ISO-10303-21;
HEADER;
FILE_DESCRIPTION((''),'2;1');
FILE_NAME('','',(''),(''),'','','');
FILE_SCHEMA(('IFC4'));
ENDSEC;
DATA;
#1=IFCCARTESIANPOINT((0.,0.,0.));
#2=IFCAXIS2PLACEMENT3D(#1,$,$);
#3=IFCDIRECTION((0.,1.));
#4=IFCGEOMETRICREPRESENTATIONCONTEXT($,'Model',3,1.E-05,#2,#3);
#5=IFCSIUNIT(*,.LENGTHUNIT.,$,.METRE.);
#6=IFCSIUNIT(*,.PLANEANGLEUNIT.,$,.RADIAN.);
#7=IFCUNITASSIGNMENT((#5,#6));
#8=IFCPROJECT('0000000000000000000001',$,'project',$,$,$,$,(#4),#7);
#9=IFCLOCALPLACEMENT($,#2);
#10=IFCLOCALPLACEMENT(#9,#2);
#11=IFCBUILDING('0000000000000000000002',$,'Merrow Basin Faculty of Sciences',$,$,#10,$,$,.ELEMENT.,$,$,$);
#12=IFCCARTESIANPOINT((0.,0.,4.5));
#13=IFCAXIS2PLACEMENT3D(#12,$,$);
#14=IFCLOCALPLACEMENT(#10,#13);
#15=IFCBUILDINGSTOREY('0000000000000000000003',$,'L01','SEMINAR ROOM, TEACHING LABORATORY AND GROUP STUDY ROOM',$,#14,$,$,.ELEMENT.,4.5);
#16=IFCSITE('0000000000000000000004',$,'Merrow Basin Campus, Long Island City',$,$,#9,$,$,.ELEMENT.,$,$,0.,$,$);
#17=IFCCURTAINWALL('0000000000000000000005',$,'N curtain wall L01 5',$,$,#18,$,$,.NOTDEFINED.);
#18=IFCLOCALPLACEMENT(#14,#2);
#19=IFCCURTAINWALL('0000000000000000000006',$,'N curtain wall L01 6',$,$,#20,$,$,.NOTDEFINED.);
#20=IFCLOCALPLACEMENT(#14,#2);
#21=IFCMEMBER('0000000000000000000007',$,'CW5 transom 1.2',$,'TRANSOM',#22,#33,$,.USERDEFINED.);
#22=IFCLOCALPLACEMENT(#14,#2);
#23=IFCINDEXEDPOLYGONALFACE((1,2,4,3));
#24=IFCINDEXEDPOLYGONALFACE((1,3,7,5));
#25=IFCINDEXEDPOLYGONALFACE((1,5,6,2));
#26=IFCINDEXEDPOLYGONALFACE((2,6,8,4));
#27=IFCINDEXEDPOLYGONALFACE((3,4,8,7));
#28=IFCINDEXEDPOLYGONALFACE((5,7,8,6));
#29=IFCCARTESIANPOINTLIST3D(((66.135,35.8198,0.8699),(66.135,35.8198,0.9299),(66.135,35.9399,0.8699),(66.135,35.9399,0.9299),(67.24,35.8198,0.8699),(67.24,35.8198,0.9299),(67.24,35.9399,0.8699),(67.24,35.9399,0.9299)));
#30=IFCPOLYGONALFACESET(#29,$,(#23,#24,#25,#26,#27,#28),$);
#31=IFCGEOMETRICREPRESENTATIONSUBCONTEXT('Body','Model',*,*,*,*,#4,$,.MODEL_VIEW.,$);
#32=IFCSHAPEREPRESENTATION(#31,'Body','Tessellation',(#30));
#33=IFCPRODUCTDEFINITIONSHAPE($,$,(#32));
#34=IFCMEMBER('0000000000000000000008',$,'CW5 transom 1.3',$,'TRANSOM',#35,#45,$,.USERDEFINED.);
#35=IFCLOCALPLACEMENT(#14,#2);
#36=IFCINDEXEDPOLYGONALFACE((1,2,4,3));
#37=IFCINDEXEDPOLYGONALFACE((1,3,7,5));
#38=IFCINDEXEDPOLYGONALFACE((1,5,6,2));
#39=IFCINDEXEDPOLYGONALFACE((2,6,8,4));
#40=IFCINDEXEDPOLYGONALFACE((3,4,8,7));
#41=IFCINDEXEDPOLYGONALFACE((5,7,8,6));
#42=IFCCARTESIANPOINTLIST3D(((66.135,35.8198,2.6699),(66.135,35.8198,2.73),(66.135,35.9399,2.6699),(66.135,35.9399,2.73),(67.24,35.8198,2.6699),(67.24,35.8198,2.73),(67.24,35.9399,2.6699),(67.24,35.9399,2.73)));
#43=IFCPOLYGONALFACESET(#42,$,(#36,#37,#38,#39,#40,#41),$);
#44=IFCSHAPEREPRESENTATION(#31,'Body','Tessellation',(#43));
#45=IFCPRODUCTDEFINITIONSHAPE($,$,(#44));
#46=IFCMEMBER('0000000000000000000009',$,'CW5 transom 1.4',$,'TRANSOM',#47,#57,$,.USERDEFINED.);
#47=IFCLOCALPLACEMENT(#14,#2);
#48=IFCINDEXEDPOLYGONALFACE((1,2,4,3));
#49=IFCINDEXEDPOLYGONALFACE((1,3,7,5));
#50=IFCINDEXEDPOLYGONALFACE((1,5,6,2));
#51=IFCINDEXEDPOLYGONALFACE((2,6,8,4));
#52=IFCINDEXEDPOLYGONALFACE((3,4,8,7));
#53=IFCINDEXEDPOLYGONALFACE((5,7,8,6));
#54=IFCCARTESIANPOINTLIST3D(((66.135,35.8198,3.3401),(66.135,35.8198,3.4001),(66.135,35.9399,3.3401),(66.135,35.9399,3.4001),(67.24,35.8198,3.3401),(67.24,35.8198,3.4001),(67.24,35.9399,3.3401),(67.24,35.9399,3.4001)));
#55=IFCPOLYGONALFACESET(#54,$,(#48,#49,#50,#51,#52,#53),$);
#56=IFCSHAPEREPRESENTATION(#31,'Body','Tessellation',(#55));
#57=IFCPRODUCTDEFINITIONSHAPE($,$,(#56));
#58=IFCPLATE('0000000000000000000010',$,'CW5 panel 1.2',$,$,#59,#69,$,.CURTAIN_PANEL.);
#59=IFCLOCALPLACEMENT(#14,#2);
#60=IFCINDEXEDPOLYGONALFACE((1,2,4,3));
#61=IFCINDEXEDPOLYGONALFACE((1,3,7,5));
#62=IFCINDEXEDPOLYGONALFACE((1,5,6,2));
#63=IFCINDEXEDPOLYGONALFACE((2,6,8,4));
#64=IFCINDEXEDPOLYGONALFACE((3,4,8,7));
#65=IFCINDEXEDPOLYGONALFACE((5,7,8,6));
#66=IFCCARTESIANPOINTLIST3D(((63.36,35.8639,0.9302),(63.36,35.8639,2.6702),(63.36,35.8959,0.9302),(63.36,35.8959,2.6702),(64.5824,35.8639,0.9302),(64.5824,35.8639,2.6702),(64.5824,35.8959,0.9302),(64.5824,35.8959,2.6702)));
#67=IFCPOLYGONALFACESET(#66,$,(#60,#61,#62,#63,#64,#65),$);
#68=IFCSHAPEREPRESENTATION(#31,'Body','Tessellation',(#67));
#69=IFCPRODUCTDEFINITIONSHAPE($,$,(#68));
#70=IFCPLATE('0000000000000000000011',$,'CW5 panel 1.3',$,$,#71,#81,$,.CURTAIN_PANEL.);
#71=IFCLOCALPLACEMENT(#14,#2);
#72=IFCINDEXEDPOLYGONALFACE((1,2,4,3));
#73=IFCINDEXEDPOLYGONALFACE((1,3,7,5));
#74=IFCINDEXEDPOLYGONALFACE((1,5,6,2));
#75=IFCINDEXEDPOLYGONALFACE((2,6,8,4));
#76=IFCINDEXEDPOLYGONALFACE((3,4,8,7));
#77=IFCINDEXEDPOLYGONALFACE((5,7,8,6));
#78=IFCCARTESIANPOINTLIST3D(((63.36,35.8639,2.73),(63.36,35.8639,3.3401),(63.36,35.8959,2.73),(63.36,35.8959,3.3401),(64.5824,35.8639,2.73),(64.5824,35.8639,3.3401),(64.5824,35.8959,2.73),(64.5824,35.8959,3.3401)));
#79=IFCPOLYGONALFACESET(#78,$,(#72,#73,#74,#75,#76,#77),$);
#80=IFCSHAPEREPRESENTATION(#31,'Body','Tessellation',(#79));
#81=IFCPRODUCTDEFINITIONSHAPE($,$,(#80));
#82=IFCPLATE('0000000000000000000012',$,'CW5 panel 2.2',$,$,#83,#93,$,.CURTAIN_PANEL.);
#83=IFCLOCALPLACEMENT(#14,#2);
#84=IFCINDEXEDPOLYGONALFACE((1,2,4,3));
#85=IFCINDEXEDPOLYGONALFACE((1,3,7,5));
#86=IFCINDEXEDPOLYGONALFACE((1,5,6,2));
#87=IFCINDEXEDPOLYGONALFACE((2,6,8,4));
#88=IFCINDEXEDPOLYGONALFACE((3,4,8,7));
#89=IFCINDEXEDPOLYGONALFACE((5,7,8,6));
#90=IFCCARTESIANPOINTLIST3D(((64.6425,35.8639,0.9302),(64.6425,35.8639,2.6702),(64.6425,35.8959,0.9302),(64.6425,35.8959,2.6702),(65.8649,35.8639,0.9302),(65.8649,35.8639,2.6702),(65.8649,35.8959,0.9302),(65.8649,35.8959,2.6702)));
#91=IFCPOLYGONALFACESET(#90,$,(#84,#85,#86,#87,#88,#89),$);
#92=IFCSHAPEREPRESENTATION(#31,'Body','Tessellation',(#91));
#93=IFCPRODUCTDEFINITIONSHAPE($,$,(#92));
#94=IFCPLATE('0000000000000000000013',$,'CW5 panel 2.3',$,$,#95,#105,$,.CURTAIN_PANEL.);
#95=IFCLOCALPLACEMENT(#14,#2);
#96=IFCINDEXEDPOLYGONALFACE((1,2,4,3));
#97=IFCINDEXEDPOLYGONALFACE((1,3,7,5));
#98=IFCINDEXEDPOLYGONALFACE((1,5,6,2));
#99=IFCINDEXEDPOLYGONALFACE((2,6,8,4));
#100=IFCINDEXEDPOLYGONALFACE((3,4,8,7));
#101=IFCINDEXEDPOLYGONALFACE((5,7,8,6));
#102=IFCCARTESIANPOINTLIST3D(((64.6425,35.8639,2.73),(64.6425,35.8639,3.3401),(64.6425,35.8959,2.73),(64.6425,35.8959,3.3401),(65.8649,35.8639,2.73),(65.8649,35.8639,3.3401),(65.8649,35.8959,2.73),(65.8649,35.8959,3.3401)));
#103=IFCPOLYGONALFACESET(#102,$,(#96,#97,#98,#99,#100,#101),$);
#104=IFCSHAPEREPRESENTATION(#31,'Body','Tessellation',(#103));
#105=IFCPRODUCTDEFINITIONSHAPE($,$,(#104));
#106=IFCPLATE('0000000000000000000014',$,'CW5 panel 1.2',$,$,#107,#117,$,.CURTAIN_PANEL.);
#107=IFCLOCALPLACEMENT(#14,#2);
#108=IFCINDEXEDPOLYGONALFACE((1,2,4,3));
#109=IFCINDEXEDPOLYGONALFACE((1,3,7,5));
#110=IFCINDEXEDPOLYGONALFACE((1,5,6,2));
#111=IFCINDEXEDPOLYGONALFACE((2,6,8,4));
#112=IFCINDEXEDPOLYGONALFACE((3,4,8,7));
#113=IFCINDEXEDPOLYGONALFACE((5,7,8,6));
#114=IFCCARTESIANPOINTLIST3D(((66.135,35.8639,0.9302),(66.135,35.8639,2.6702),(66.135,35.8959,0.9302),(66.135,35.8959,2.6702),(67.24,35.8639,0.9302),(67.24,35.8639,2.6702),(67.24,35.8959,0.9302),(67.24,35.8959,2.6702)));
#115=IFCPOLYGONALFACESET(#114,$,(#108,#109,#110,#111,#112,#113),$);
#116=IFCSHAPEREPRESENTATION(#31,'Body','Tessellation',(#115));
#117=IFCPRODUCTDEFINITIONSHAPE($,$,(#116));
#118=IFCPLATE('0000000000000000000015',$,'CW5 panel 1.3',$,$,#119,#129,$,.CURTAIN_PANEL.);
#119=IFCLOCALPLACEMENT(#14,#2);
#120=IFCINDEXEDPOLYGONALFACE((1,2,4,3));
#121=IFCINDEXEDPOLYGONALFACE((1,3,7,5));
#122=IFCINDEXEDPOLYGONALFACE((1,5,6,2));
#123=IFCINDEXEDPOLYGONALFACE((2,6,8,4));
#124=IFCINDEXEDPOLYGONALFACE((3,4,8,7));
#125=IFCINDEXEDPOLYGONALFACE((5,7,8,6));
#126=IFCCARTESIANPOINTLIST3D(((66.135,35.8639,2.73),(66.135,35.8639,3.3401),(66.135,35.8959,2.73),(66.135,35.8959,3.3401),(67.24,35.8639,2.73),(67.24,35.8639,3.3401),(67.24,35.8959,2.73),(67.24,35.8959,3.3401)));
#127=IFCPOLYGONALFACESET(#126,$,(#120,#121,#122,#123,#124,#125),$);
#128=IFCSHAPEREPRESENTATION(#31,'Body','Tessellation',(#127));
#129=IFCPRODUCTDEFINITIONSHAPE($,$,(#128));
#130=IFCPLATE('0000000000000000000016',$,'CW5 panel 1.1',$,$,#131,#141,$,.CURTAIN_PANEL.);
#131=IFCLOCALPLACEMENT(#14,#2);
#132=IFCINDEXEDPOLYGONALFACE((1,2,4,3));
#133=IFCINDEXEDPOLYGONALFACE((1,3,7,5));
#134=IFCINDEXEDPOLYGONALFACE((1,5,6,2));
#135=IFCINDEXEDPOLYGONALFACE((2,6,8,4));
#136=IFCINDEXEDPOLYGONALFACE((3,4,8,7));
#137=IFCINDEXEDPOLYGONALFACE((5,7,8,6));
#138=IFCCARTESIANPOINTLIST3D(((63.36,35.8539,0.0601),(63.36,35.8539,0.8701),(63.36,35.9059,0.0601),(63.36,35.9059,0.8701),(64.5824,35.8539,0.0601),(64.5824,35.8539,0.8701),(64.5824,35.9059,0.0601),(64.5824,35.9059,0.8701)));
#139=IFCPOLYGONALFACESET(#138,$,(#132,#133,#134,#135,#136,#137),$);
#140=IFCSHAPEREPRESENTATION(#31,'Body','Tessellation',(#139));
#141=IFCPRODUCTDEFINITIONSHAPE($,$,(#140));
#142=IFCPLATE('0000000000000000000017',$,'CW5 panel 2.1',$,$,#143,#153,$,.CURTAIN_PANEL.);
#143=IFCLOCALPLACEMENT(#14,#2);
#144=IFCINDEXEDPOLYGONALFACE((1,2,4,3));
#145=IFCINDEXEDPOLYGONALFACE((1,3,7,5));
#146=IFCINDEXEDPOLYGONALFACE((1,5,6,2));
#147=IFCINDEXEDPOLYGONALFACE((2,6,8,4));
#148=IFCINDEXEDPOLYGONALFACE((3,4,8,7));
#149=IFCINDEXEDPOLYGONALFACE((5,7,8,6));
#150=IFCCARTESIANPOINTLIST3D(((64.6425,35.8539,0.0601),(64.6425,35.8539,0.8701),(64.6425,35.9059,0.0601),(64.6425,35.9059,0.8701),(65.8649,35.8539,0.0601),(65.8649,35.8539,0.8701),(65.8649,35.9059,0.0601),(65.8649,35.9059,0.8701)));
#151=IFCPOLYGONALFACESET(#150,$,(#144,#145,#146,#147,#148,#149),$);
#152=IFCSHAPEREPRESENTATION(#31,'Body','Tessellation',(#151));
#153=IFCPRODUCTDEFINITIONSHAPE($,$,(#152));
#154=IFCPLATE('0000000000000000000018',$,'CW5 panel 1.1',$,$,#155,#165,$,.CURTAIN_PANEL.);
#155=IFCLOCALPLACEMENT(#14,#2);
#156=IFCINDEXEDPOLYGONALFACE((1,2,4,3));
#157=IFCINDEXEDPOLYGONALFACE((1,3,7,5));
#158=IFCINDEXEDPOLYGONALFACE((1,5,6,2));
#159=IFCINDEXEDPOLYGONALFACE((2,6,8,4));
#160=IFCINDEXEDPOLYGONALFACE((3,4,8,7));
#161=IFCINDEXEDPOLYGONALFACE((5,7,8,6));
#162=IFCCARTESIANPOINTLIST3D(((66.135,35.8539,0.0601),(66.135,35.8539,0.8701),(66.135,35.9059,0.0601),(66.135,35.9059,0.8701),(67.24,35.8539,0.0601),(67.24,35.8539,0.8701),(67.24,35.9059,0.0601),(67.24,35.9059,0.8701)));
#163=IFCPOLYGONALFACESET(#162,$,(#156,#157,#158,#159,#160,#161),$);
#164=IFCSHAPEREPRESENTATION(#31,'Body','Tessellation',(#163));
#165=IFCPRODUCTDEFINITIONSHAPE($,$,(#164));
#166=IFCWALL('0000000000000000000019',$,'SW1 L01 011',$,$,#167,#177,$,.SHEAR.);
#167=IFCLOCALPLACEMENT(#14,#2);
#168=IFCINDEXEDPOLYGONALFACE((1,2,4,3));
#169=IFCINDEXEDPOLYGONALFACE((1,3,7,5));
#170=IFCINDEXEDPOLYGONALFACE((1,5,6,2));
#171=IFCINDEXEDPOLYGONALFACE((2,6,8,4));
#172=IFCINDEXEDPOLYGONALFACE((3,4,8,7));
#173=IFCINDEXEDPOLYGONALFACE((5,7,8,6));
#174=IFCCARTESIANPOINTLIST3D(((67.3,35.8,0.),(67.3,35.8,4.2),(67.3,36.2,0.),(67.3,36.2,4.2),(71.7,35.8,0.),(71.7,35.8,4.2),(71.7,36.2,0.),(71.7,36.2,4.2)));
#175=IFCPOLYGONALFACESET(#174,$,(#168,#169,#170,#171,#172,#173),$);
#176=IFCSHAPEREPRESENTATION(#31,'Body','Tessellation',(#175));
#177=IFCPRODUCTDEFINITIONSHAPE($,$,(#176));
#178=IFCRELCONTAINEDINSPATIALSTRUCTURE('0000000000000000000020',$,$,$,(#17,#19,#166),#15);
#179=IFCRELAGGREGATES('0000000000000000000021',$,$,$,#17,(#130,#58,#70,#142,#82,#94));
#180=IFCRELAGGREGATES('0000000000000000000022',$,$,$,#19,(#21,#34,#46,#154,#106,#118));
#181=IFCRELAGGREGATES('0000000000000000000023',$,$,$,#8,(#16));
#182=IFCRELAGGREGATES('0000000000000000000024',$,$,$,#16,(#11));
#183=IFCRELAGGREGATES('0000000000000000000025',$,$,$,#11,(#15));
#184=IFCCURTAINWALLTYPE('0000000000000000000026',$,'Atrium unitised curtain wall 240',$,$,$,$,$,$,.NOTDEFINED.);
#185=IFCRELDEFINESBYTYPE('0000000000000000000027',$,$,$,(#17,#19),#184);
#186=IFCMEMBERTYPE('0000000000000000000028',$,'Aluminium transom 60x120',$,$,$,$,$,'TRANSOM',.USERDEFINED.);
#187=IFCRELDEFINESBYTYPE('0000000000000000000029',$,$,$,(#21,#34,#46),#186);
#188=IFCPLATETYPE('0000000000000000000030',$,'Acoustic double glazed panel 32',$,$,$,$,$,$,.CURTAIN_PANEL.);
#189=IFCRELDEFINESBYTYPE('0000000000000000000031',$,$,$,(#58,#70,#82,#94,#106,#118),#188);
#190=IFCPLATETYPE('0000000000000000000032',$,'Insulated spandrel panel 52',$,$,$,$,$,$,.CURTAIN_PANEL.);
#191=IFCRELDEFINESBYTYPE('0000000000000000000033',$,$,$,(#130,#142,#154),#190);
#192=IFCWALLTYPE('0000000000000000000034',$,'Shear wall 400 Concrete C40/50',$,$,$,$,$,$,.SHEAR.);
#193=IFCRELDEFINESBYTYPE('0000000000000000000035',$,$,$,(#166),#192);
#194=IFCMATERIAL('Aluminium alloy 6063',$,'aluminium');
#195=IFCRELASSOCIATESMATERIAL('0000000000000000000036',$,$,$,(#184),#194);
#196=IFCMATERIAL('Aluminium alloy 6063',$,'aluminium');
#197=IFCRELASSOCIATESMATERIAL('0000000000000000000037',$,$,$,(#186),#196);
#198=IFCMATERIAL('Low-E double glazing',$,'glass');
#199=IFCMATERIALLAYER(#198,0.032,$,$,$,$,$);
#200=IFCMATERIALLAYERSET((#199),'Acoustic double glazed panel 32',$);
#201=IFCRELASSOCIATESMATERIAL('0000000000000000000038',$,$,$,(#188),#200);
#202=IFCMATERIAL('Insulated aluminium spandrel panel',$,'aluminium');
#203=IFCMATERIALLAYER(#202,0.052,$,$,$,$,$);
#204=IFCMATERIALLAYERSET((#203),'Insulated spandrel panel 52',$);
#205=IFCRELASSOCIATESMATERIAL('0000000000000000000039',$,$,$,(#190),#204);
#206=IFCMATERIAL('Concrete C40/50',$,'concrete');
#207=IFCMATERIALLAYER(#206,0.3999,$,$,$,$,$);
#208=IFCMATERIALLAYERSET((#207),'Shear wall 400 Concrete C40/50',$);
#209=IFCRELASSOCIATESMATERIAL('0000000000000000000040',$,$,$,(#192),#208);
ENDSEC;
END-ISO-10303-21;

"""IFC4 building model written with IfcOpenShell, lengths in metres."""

from ifc_helpers import new_model, si_unit, direction, frame, frame_2d, origin, origin_2d, place, context, subcontext, project, spatial, rectangle, extrude, material, layer, layer_set, material_profile, profile_set, type_object, element, aggregate, save


model = new_model("IFC4")

# Units and contexts
model_context = context("Model", 3, precision=1e-05, world=origin(), true_north=direction((0.0, 1.0)))
body_context = subcontext(model_context, "Body", "Model", "MODEL_VIEW")
ifc_project = project(units=[si_unit("LENGTHUNIT", "METRE"), si_unit("PLANEANGLEUNIT", "RADIAN")], contexts=[model_context])

# Site, building, storey
site_placement = place(None, origin())
site = spatial("IfcSite", under=ifc_project, at=site_placement, Name="Merrow Basin Campus, Long Island City", CompositionType="ELEMENT", RefElevation=0.0)
building_placement = place(site_placement, origin())
building = spatial("IfcBuilding", under=site, at=building_placement, Name="Merrow Basin Faculty of Sciences", CompositionType="ELEMENT")
storey_placement = place(building_placement, frame((0.0, 0.0, 4.5)))
storey = spatial("IfcBuildingStorey", under=building, at=storey_placement, Name="L01", Description="SEMINAR ROOM, TEACHING LABORATORY AND GROUP STUDY ROOM", CompositionType="ELEMENT", Elevation=4.5)

# Curtain walls
ifc_material_1 = material(Name="Aluminium alloy 6063", Category="aluminium")
curtain_wall_type = type_object("IfcCurtainWallType", Name="Atrium unitised curtain wall 240", PredefinedType="NOTDEFINED", material=ifc_material_1)
curtain_wall_1_placement = place(storey_placement, origin())
curtain_wall_1 = element("IfcCurtainWall", 1, at=curtain_wall_1_placement, inside=storey, type_object=curtain_wall_type, Name="N curtain wall L01 5", PredefinedType="NOTDEFINED")
curtain_wall_2_placement = place(storey_placement, origin())
curtain_wall_2 = element("IfcCurtainWall", 2, at=curtain_wall_2_placement, inside=storey, type_object=curtain_wall_type, Name="N curtain wall L01 6", PredefinedType="NOTDEFINED")

# Members
ifc_material_2 = material(Name="Aluminium alloy 6063", Category="aluminium")
ifc_material_profile_1 = material_profile(ifc_material_2, rectangle(XDim=0.1201, YDim=0.0601, at=origin_2d()))
ifc_profile_set_1 = profile_set([ifc_material_profile_1], Name="Aluminium alloy 6063")
member_type_1 = type_object("IfcMemberType", Name="Aluminium transom 60x120", ElementType="TRANSOM", PredefinedType="USERDEFINED", material=ifc_profile_set_1)
member_1_placement = place(storey_placement, frame((66.135, 35.8799, 0.8999), z_axis=(1.0, 0.0, 0.0), x_axis=(0.0, 1.0, 0.0)))
member_1 = element("IfcMember", 3, at=member_1_placement, type_object=member_type_1, Name="CW5 transom 1.2", ObjectType="TRANSOM", PredefinedType="USERDEFINED", context=body_context, shape_type="SweptSolid", body=[
    extrude(rectangle(XDim=0.1201, YDim=0.0601, at=origin_2d()), origin(), (0.0, 0.0, 1.0), 1.105),
])
member_2_placement = place(storey_placement, frame((66.135, 35.8799, 2.7), z_axis=(1.0, 0.0, 0.0), x_axis=(0.0, 1.0, 0.0)))
member_2 = element("IfcMember", 4, at=member_2_placement, type_object=member_type_1, Name="CW5 transom 1.3", ObjectType="TRANSOM", PredefinedType="USERDEFINED", context=body_context, shape_type="SweptSolid", body=[
    extrude(rectangle(XDim=0.1201, YDim=0.0601, at=origin_2d()), origin(), (0.0, 0.0, 1.0), 1.105),
])
member_3_placement = place(storey_placement, frame((66.135, 35.8799, 3.3701), z_axis=(1.0, 0.0, 0.0), x_axis=(0.0, 1.0, 0.0)))
member_3 = element("IfcMember", 5, at=member_3_placement, type_object=member_type_1, Name="CW5 transom 1.4", ObjectType="TRANSOM", PredefinedType="USERDEFINED", context=body_context, shape_type="SweptSolid", body=[
    extrude(rectangle(XDim=0.1201, YDim=0.0601, at=origin_2d()), origin(), (0.0, 0.0, 1.0), 1.105),
])

# Plates
ifc_material_3 = material(Name="Low-E double glazing", Category="glass")
ifc_layer_1 = layer(ifc_material_3, 0.032)
ifc_layer_set_1 = layer_set([ifc_layer_1], Name="Acoustic double glazed panel 32")
plate_type_1 = type_object("IfcPlateType", Name="Acoustic double glazed panel 32", PredefinedType="CURTAIN_PANEL", material=ifc_layer_set_1)
plate_1_placement = place(storey_placement, frame((63.9712, 35.8799, 0.9302), z_axis=(0.0, 0.0, 1.0), x_axis=(1.0, 0.0, 0.0)))
plate_1 = element("IfcPlate", 6, at=plate_1_placement, type_object=plate_type_1, Name="CW5 panel 1.2", PredefinedType="CURTAIN_PANEL", context=body_context, shape_type="SweptSolid", body=[
    extrude(rectangle(XDim=1.2224, YDim=0.032, at=origin_2d()), origin(), (0.0, 0.0, 1.0), 1.74),
])
plate_2_placement = place(storey_placement, frame((63.9712, 35.8799, 2.73), z_axis=(0.0, 0.0, 1.0), x_axis=(1.0, 0.0, 0.0)))
plate_2 = element("IfcPlate", 7, at=plate_2_placement, type_object=plate_type_1, Name="CW5 panel 1.3", PredefinedType="CURTAIN_PANEL", context=body_context, shape_type="SweptSolid", body=[
    extrude(rectangle(XDim=1.2224, YDim=0.032, at=origin_2d()), origin(), (0.0, 0.0, 1.0), 0.6101),
])
plate_3_placement = place(storey_placement, frame((65.2537, 35.8799, 0.9302), z_axis=(0.0, 0.0, 1.0), x_axis=(1.0, 0.0, 0.0)))
plate_3 = element("IfcPlate", 8, at=plate_3_placement, type_object=plate_type_1, Name="CW5 panel 2.2", PredefinedType="CURTAIN_PANEL", context=body_context, shape_type="SweptSolid", body=[
    extrude(rectangle(XDim=1.2224, YDim=0.032, at=origin_2d()), origin(), (0.0, 0.0, 1.0), 1.74),
])
plate_4_placement = place(storey_placement, frame((65.2537, 35.8799, 2.73), z_axis=(0.0, 0.0, 1.0), x_axis=(1.0, 0.0, 0.0)))
plate_4 = element("IfcPlate", 9, at=plate_4_placement, type_object=plate_type_1, Name="CW5 panel 2.3", PredefinedType="CURTAIN_PANEL", context=body_context, shape_type="SweptSolid", body=[
    extrude(rectangle(XDim=1.2224, YDim=0.032, at=origin_2d()), origin(), (0.0, 0.0, 1.0), 0.6101),
])
plate_5_placement = place(storey_placement, frame((66.6875, 35.8799, 0.9302), z_axis=(0.0, 0.0, 1.0), x_axis=(1.0, 0.0, 0.0)))
plate_5 = element("IfcPlate", 10, at=plate_5_placement, type_object=plate_type_1, Name="CW5 panel 1.2", PredefinedType="CURTAIN_PANEL", context=body_context, shape_type="SweptSolid", body=[
    extrude(rectangle(XDim=1.105, YDim=0.032, at=origin_2d()), origin(), (0.0, 0.0, 1.0), 1.74),
])
plate_6_placement = place(storey_placement, frame((66.6875, 35.8799, 2.73), z_axis=(0.0, 0.0, 1.0), x_axis=(1.0, 0.0, 0.0)))
plate_6 = element("IfcPlate", 11, at=plate_6_placement, type_object=plate_type_1, Name="CW5 panel 1.3", PredefinedType="CURTAIN_PANEL", context=body_context, shape_type="SweptSolid", body=[
    extrude(rectangle(XDim=1.105, YDim=0.032, at=origin_2d()), origin(), (0.0, 0.0, 1.0), 0.6101),
])
ifc_material_4 = material(Name="Insulated aluminium spandrel panel", Category="aluminium")
ifc_layer_2 = layer(ifc_material_4, 0.052)
ifc_layer_set_2 = layer_set([ifc_layer_2], Name="Insulated spandrel panel 52")
plate_type_2 = type_object("IfcPlateType", Name="Insulated spandrel panel 52", PredefinedType="CURTAIN_PANEL", material=ifc_layer_set_2)
plate_7_placement = place(storey_placement, frame((63.9712, 35.8799, 0.0601), z_axis=(0.0, 0.0, 1.0), x_axis=(1.0, 0.0, 0.0)))
plate_7 = element("IfcPlate", 12, at=plate_7_placement, type_object=plate_type_2, Name="CW5 panel 1.1", PredefinedType="CURTAIN_PANEL", context=body_context, shape_type="SweptSolid", body=[
    extrude(rectangle(XDim=1.2224, YDim=0.052, at=origin_2d()), origin(), (0.0, 0.0, 1.0), 0.8101),
])
plate_8_placement = place(storey_placement, frame((65.2537, 35.8799, 0.0601), z_axis=(0.0, 0.0, 1.0), x_axis=(1.0, 0.0, 0.0)))
plate_8 = element("IfcPlate", 13, at=plate_8_placement, type_object=plate_type_2, Name="CW5 panel 2.1", PredefinedType="CURTAIN_PANEL", context=body_context, shape_type="SweptSolid", body=[
    extrude(rectangle(XDim=1.2224, YDim=0.052, at=origin_2d()), origin(), (0.0, 0.0, 1.0), 0.8101),
])
aggregate(curtain_wall_1, [plate_7, plate_1, plate_2, plate_8, plate_3, plate_4])
plate_9_placement = place(storey_placement, frame((66.6875, 35.8799, 0.0601), z_axis=(0.0, 0.0, 1.0), x_axis=(1.0, 0.0, 0.0)))
plate_9 = element("IfcPlate", 14, at=plate_9_placement, type_object=plate_type_2, Name="CW5 panel 1.1", PredefinedType="CURTAIN_PANEL", context=body_context, shape_type="SweptSolid", body=[
    extrude(rectangle(XDim=1.105, YDim=0.052, at=origin_2d()), origin(), (0.0, 0.0, 1.0), 0.8101),
])
aggregate(curtain_wall_2, [member_1, member_2, member_3, plate_9, plate_5, plate_6])

# Wall
ifc_material_5 = material(Name="Concrete C40/50", Category="concrete")
ifc_layer_3 = layer(ifc_material_5, 0.3999)
ifc_layer_set_3 = layer_set([ifc_layer_3], Name="Shear wall 400 Concrete C40/50")
wall_type = type_object("IfcWallType", Name="Shear wall 400 Concrete C40/50", PredefinedType="SHEAR", material=ifc_layer_set_3)
wall_placement = place(storey_placement, frame((67.3, 36.0, 0.0), z_axis=(0.0, 0.0, 1.0), x_axis=(1.0, 0.0, 0.0)))
element("IfcWall", 15, at=wall_placement, inside=storey, type_object=wall_type, Name="SW1 L01 011", PredefinedType="SHEAR", context=body_context, shape_type="SweptSolid", body=[
    extrude(rectangle(XDim=4.3999, YDim=0.3999, at=frame_2d((2.2, 0.0))), origin(), (0.0, 0.0, 1.0), 4.2),
])

save(model, "model.ifc")
